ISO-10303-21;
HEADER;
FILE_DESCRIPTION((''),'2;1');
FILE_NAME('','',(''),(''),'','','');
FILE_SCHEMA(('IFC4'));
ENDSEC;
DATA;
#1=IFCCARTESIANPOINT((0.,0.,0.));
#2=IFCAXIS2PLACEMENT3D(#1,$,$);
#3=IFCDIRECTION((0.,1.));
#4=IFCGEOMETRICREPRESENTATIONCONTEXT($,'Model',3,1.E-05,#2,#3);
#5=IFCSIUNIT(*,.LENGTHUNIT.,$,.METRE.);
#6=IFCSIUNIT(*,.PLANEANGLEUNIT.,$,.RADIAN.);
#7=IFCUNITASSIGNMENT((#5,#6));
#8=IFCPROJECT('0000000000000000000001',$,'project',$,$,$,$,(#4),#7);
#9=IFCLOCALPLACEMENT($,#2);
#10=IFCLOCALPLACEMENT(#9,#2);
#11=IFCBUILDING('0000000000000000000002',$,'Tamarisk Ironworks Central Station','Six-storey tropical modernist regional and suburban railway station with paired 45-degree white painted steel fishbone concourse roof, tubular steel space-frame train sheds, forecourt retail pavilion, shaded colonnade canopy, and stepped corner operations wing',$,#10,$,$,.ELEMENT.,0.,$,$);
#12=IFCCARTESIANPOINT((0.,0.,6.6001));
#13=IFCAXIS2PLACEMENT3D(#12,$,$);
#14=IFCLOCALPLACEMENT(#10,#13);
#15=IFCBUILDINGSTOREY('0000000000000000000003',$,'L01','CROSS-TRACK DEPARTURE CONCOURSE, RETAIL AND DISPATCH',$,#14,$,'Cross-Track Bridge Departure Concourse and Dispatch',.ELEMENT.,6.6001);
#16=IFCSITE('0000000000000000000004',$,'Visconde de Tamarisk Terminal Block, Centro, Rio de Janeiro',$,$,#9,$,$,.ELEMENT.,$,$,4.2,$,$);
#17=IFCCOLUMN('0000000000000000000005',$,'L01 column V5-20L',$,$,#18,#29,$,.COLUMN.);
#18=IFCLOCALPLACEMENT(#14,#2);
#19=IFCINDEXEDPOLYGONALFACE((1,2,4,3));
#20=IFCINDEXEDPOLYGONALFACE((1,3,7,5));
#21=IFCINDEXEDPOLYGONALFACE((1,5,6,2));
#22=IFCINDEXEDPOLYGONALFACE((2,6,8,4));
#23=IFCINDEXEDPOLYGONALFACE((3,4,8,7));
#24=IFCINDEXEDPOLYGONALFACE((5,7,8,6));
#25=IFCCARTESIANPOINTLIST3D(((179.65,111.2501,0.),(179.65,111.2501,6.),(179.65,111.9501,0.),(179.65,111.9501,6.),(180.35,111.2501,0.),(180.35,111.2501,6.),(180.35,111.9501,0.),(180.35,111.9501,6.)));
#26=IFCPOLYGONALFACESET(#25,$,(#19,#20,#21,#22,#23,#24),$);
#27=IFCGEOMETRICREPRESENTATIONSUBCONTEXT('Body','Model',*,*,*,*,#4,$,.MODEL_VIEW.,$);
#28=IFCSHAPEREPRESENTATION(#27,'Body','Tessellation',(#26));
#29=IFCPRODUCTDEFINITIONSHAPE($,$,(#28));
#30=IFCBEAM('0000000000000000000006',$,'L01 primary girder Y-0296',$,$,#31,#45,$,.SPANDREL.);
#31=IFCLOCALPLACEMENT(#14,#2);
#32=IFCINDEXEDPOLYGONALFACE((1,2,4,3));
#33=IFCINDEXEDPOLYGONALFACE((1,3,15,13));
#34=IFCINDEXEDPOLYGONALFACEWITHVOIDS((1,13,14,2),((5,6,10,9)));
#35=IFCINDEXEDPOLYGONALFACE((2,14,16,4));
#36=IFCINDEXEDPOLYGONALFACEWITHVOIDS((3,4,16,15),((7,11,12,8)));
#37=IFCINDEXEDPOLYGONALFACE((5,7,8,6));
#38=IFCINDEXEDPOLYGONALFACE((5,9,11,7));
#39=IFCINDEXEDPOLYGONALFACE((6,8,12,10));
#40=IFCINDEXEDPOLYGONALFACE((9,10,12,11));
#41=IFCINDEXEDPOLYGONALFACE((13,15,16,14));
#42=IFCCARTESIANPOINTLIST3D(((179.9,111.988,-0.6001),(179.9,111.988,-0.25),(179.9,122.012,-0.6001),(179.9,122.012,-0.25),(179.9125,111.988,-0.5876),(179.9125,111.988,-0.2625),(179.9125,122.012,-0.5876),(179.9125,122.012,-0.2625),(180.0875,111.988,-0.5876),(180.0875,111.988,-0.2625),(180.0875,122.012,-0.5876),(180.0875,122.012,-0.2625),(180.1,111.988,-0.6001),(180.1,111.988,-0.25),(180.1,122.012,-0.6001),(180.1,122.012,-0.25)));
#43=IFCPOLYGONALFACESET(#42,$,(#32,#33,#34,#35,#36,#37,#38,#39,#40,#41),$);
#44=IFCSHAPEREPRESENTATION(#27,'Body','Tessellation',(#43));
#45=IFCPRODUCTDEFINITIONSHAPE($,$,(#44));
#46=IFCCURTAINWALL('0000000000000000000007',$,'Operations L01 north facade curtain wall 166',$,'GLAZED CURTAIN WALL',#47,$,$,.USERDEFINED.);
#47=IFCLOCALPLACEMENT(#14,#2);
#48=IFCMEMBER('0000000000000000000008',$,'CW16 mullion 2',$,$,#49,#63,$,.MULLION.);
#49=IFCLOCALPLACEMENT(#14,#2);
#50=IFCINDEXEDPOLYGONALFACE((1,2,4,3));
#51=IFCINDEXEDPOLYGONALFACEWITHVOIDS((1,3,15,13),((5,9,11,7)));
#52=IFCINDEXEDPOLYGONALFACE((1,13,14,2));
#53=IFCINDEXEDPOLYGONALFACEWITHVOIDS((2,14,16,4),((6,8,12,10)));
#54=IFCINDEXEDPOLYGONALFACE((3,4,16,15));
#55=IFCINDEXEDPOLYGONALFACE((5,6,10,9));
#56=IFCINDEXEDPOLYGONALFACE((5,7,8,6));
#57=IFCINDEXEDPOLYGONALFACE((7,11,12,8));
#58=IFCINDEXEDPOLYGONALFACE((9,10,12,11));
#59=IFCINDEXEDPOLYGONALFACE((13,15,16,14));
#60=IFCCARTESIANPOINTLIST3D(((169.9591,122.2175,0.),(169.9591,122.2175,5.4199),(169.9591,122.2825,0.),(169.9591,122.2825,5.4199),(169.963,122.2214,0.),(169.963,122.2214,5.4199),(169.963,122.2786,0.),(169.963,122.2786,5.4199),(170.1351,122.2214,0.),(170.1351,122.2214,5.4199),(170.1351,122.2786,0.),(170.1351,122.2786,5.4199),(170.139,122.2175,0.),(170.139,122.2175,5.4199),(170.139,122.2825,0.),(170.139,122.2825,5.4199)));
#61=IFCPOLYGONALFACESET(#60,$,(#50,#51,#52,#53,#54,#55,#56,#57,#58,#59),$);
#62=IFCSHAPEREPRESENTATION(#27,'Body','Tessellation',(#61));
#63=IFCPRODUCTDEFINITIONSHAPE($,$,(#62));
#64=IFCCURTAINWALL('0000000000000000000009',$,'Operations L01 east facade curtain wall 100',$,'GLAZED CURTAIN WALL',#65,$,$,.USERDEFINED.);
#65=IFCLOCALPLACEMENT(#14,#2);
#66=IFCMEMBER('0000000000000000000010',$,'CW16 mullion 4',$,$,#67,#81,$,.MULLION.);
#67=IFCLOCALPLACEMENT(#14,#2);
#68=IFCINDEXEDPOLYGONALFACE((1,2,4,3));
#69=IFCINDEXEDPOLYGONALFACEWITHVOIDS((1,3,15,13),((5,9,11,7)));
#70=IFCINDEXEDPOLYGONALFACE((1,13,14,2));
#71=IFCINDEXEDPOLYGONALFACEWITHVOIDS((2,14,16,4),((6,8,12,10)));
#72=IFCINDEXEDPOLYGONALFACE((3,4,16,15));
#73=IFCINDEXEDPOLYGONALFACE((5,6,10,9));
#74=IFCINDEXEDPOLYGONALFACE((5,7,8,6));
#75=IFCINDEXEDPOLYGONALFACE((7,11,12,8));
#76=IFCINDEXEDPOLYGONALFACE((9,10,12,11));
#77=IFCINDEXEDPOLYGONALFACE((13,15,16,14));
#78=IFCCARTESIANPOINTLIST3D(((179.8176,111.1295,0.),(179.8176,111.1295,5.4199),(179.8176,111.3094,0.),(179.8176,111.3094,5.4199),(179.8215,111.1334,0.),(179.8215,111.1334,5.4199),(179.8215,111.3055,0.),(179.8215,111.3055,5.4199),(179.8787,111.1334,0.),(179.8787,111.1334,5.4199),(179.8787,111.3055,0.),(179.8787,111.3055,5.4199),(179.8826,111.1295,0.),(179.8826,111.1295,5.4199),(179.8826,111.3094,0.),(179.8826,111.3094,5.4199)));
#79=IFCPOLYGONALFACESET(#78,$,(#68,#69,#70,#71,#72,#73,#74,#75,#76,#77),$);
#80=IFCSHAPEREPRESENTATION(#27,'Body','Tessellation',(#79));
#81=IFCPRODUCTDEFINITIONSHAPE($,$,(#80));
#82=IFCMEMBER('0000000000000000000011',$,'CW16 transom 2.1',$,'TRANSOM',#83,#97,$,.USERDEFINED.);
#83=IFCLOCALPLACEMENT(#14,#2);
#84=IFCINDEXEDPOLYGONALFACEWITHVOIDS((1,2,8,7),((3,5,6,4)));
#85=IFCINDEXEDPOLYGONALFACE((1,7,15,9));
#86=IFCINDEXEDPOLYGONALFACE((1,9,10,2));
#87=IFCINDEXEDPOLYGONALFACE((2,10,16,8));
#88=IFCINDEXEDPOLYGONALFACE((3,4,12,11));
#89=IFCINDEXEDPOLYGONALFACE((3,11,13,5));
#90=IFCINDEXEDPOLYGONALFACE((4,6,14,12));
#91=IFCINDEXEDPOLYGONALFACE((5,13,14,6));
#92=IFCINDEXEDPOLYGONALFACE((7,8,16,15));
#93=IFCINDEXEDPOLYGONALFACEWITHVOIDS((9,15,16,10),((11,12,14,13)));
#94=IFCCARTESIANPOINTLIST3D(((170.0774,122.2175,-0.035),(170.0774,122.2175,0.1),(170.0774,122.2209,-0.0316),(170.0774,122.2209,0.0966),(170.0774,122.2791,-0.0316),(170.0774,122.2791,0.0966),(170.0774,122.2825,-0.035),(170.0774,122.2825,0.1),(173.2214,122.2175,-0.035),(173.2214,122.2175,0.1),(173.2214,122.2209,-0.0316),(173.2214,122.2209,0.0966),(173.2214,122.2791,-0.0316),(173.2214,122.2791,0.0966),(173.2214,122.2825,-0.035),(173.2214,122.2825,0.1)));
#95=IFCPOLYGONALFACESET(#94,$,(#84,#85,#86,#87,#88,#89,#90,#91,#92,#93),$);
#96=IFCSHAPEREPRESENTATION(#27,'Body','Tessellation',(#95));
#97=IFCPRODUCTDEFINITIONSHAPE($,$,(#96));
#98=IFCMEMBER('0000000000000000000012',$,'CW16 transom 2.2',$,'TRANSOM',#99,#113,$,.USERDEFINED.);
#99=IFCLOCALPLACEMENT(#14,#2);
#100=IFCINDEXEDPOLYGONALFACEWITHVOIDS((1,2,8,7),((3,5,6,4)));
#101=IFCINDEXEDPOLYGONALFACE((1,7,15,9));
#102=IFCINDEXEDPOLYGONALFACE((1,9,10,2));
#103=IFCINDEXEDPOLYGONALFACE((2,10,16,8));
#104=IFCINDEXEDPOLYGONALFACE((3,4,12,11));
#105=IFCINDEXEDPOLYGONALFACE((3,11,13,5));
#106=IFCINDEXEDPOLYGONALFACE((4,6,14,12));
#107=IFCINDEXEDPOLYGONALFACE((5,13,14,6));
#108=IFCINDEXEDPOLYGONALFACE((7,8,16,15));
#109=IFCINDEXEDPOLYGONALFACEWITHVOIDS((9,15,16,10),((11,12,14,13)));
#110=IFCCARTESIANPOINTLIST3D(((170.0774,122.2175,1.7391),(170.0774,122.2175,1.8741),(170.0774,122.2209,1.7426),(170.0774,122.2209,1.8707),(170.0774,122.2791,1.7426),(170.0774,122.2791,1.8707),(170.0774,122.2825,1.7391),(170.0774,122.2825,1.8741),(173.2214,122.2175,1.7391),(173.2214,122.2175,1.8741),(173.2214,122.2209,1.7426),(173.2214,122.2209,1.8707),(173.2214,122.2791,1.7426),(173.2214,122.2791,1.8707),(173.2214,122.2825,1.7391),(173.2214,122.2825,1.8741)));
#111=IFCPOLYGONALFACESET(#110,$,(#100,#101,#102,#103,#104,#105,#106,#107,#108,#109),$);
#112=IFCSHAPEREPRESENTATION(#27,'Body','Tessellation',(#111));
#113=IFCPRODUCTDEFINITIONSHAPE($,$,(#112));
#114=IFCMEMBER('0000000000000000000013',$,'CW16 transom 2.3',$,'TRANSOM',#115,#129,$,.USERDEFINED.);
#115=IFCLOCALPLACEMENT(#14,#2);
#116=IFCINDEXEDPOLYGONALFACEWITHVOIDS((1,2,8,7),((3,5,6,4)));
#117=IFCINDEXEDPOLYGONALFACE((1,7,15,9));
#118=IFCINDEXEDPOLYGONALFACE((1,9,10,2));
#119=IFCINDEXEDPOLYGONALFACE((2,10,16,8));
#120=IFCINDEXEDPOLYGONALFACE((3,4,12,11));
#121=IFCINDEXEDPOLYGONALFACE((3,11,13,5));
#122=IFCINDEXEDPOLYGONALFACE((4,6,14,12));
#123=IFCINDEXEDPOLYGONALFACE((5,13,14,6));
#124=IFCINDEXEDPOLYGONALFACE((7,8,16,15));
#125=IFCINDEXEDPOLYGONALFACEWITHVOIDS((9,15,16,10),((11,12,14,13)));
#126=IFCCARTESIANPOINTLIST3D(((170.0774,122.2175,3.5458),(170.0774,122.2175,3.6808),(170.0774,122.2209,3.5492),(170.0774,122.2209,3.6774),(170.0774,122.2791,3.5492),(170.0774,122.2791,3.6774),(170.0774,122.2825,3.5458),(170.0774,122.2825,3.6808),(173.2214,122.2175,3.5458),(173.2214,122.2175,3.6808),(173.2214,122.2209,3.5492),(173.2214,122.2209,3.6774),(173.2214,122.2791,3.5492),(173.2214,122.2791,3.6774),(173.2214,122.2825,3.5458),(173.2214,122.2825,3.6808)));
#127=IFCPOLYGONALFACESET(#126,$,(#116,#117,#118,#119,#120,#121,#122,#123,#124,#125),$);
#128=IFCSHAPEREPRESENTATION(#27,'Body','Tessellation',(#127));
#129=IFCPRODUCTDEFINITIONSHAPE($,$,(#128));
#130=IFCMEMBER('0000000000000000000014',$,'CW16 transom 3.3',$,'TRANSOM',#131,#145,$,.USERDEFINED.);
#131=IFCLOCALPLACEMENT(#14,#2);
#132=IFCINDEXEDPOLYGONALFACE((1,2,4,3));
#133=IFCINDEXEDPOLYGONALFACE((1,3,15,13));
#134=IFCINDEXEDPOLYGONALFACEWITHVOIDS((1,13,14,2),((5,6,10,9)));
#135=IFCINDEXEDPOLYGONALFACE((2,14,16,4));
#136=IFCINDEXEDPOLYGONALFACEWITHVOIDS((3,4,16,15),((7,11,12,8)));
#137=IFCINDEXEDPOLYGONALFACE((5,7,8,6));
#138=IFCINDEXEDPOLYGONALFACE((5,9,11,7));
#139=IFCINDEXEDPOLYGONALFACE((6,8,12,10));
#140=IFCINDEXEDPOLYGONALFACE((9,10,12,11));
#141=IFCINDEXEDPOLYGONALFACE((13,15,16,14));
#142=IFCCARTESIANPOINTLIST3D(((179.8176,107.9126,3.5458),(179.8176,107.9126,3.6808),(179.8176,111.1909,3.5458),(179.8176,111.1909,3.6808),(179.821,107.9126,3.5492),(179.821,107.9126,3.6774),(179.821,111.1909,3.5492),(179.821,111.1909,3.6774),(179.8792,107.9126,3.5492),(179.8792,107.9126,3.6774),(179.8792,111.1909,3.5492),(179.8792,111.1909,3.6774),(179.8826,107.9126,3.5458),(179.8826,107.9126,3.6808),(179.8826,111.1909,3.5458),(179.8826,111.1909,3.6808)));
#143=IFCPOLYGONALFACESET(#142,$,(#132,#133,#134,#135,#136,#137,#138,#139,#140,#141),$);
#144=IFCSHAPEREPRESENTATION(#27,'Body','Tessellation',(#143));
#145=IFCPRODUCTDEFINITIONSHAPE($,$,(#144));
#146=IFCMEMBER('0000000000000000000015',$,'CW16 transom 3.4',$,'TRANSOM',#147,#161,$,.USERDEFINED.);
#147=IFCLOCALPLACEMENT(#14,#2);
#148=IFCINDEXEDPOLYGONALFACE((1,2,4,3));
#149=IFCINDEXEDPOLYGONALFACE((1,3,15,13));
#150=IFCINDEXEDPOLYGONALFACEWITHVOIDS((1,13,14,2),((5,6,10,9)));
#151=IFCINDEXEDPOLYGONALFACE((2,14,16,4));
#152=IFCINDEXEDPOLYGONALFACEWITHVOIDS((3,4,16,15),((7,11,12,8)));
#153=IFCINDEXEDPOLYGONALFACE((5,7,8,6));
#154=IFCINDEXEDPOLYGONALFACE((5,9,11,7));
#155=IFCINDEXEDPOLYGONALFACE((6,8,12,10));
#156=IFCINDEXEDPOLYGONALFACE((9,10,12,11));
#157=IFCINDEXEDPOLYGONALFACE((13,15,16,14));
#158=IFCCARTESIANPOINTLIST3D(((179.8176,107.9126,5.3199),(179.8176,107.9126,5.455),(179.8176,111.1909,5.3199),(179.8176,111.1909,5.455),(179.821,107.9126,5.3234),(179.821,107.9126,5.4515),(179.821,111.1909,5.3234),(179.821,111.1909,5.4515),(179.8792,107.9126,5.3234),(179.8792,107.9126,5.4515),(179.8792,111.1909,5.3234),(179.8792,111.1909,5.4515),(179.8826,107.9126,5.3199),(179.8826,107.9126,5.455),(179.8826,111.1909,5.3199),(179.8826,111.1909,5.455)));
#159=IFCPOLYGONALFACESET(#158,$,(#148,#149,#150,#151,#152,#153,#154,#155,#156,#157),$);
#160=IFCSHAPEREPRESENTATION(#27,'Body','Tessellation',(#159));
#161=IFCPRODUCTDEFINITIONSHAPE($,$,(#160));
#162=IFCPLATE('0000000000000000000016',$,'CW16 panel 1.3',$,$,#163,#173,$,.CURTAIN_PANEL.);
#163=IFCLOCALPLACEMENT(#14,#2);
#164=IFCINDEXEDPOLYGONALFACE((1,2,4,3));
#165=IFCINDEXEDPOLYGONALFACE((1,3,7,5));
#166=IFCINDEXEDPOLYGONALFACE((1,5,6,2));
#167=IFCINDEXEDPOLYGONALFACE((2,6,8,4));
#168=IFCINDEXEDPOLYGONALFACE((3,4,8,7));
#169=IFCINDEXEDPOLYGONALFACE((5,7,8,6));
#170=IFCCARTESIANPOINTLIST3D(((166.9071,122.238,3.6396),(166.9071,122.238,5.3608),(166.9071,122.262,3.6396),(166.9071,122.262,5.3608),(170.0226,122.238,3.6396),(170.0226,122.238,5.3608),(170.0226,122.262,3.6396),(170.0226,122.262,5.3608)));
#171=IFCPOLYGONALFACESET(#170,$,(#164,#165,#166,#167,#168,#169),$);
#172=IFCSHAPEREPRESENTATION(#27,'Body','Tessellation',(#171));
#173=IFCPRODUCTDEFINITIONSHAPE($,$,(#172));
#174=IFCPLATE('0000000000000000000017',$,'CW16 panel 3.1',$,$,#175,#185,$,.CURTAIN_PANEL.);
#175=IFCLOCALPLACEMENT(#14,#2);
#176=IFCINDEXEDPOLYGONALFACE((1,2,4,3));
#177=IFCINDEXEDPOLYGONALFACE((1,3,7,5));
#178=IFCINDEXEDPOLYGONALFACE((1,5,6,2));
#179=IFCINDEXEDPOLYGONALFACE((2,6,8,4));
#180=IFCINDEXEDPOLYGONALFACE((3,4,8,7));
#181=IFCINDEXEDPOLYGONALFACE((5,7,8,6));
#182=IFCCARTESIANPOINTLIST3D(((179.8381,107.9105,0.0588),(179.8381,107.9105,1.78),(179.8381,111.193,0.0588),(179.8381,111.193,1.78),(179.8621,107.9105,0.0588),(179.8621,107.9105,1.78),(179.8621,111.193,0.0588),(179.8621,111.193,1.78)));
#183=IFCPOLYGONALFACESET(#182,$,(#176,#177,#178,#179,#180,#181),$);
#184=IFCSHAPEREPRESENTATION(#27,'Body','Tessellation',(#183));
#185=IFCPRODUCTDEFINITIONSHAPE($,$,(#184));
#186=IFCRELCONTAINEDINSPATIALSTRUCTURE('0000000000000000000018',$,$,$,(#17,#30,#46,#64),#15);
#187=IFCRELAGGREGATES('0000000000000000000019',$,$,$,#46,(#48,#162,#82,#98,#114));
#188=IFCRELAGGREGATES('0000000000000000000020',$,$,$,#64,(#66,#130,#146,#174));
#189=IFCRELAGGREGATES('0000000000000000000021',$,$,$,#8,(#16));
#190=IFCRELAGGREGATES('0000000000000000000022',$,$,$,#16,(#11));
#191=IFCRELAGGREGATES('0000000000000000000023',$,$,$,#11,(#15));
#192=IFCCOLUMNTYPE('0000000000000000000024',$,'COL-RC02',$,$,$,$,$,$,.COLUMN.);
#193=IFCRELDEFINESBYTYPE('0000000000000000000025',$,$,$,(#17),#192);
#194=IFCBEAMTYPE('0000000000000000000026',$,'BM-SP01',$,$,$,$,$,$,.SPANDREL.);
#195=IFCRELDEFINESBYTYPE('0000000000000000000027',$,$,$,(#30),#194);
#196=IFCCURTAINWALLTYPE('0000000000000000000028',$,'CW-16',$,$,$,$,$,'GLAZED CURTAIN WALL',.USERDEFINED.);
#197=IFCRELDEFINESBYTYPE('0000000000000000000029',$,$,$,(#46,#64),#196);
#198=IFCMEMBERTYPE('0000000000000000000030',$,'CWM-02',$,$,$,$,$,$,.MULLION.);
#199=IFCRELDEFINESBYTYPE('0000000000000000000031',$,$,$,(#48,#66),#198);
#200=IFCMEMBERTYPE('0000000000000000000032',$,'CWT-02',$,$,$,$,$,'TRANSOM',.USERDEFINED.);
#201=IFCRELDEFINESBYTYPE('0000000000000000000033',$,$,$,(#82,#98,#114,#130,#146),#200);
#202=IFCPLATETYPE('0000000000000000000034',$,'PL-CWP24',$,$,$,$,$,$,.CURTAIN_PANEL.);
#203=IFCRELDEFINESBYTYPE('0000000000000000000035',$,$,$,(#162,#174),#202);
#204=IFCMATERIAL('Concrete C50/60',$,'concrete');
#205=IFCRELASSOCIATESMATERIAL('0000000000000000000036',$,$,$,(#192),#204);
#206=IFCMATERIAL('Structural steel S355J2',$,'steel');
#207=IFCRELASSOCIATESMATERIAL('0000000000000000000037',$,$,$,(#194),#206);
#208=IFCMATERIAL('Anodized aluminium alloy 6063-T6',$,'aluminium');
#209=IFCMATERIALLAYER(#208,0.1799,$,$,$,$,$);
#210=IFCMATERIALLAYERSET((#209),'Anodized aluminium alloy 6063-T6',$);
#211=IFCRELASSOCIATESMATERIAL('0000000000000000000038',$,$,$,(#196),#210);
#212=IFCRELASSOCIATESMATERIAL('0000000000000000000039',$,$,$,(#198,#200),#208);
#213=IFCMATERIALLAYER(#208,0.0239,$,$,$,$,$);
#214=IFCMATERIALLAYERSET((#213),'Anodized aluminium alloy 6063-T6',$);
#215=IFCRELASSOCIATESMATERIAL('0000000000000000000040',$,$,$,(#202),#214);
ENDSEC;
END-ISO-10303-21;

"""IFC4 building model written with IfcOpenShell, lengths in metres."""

from ifc_helpers import new_model, si_unit, direction, frame, origin, origin_2d, place, context, subcontext, project, spatial, rectangle, hollow_rectangle, extrude, material, layer, layer_set, material_profile, profile_set, type_object, element, aggregate, save


model = new_model("IFC4")

# Units and contexts
model_context = context("Model", 3, precision=1e-05, world=origin(), true_north=direction((0.0, 1.0)))
body_context = subcontext(model_context, "Body", "Model", "MODEL_VIEW")
ifc_project = project(units=[si_unit("LENGTHUNIT", "METRE"), si_unit("PLANEANGLEUNIT", "RADIAN")], contexts=[model_context])

# Site, building, storey
site_placement = place(None, origin())
site = spatial("IfcSite", under=ifc_project, at=site_placement, Name="Visconde de Tamarisk Terminal Block, Centro, Rio de Janeiro", CompositionType="ELEMENT", RefElevation=4.2)
building_placement = place(site_placement, origin())
building = spatial("IfcBuilding", under=site, at=building_placement, Name="Tamarisk Ironworks Central Station", Description="Six-storey tropical modernist regional and suburban railway station with paired 45-degree white painted steel fishbone concourse roof, tubular steel space-frame train sheds, forecourt retail pavilion, shaded colonnade canopy, and stepped corner operations wing", CompositionType="ELEMENT", ElevationOfRefHeight=0.0)
storey_placement = place(building_placement, frame((0.0, 0.0, 6.6001)))
storey = spatial("IfcBuildingStorey", under=building, at=storey_placement, Name="L01", Description="CROSS-TRACK DEPARTURE CONCOURSE, RETAIL AND DISPATCH", LongName="Cross-Track Bridge Departure Concourse and Dispatch", CompositionType="ELEMENT", Elevation=6.6001)

# Column
ifc_material_1 = material(Name="Concrete C50/60", Category="concrete")
ifc_material_profile_1 = material_profile(ifc_material_1, rectangle(XDim=0.7, YDim=0.7, at=origin_2d()), Name="RC 700x700")
ifc_profile_set_1 = profile_set([ifc_material_profile_1], Name="Concrete C50/60")
column_type = type_object("IfcColumnType", Name="COL-RC02", PredefinedType="COLUMN", material=ifc_profile_set_1)
column_placement = place(storey_placement, frame((180.0, 111.6001, 0.0), z_axis=(0.0, 0.0, 1.0), x_axis=(1.0, 0.0, 0.0)))
element("IfcColumn", 1, at=column_placement, inside=storey, type_object=column_type, Name="L01 column V5-20L", PredefinedType="COLUMN", context=body_context, shape_type="SweptSolid", body=[
    extrude(rectangle(XDim=0.7, YDim=0.7, at=origin_2d()), origin(), (0.0, 0.0, 1.0), 6.0),
])

# Beam
ifc_material_2 = material(Name="Structural steel S355J2", Category="steel")
ifc_material_profile_2 = material_profile(ifc_material_2, hollow_rectangle(XDim=0.2, YDim=0.3501, WallThickness=0.0125, at=origin_2d()), Name="RHS 350x200x12.5")
ifc_profile_set_2 = profile_set([ifc_material_profile_2], Name="Structural steel S355J2")
beam_type = type_object("IfcBeamType", Name="BM-SP01", PredefinedType="SPANDREL", material=ifc_profile_set_2)
beam_placement = place(storey_placement, frame((180.0, 111.988, -0.425), z_axis=(0.0, 1.0, 0.0), x_axis=(-1.0, 0.0, 0.0)))
element("IfcBeam", 2, at=beam_placement, inside=storey, type_object=beam_type, Name="L01 primary girder Y-0296", PredefinedType="SPANDREL", context=body_context, shape_type="SweptSolid", body=[
    extrude(hollow_rectangle(XDim=0.2, YDim=0.3501, WallThickness=0.0125, at=origin_2d()), origin(), (0.0, 0.0, 1.0), 10.0239),
])

# Curtain walls, members
ifc_material_3 = material(Name="Anodized aluminium alloy 6063-T6", Category="aluminium")
ifc_layer_1 = layer(ifc_material_3, 0.1799)
ifc_layer_set_1 = layer_set([ifc_layer_1], Name="Anodized aluminium alloy 6063-T6")
curtain_wall_type = type_object("IfcCurtainWallType", Name="CW-16", ElementType="GLAZED CURTAIN WALL", PredefinedType="USERDEFINED", material=ifc_layer_set_1)
curtain_wall_1_placement = place(storey_placement, origin())
curtain_wall_1 = element("IfcCurtainWall", 3, at=curtain_wall_1_placement, inside=storey, type_object=curtain_wall_type, Name="Operations L01 north facade curtain wall 166", ObjectType="GLAZED CURTAIN WALL", PredefinedType="USERDEFINED")
ifc_material_profile_3 = material_profile(ifc_material_3, hollow_rectangle(XDim=0.0649, YDim=0.1799, WallThickness=0.0039, at=origin_2d()), Name="ALUM 180x65")
ifc_profile_set_3 = profile_set([ifc_material_profile_3], Name="Anodized aluminium alloy 6063-T6")
member_type_1 = type_object("IfcMemberType", Name="CWM-02", PredefinedType="MULLION", material=ifc_profile_set_3)
member_1_placement = place(storey_placement, frame((170.0491, 122.25, 0.0), z_axis=(0.0, 0.0, 1.0), x_axis=(0.0, 1.0, 0.0)))
member_1 = element("IfcMember", 4, at=member_1_placement, type_object=member_type_1, Name="CW16 mullion 2", PredefinedType="MULLION", context=body_context, shape_type="SweptSolid", body=[
    extrude(hollow_rectangle(XDim=0.0649, YDim=0.1799, WallThickness=0.0039, at=origin_2d()), origin(), (0.0, 0.0, 1.0), 5.4199),
])
curtain_wall_2_placement = place(storey_placement, origin())
curtain_wall_2 = element("IfcCurtainWall", 5, at=curtain_wall_2_placement, inside=storey, type_object=curtain_wall_type, Name="Operations L01 east facade curtain wall 100", ObjectType="GLAZED CURTAIN WALL", PredefinedType="USERDEFINED")
member_2_placement = place(storey_placement, frame((179.8501, 111.2195, 0.0), z_axis=(0.0, 0.0, 1.0), x_axis=(-1.0, 0.0, 0.0)))
member_2 = element("IfcMember", 6, at=member_2_placement, type_object=member_type_1, Name="CW16 mullion 4", PredefinedType="MULLION", context=body_context, shape_type="SweptSolid", body=[
    extrude(hollow_rectangle(XDim=0.0649, YDim=0.1799, WallThickness=0.0039, at=origin_2d()), origin(), (0.0, 0.0, 1.0), 5.4199),
])

# Members
ifc_material_profile_4 = material_profile(ifc_material_3, hollow_rectangle(XDim=0.0649, YDim=0.135, WallThickness=0.0034, at=origin_2d()), Name="ALUM 135x65")
ifc_profile_set_4 = profile_set([ifc_material_profile_4], Name="Anodized aluminium alloy 6063-T6")
member_type_2 = type_object("IfcMemberType", Name="CWT-02", ElementType="TRANSOM", PredefinedType="USERDEFINED", material=ifc_profile_set_4)
member_3_placement = place(storey_placement, frame((170.0774, 122.25, 0.0325), z_axis=(1.0, 0.0, 0.0), x_axis=(0.0, 1.0, 0.0)))
member_3 = element("IfcMember", 7, at=member_3_placement, type_object=member_type_2, Name="CW16 transom 2.1", ObjectType="TRANSOM", PredefinedType="USERDEFINED", context=body_context, shape_type="SweptSolid", body=[
    extrude(hollow_rectangle(XDim=0.0649, YDim=0.135, WallThickness=0.0034, at=origin_2d()), origin(), (0.0, 0.0, 1.0), 3.144),
])
member_4_placement = place(storey_placement, frame((170.0774, 122.25, 1.8066), z_axis=(1.0, 0.0, 0.0), x_axis=(0.0, 1.0, 0.0)))
member_4 = element("IfcMember", 8, at=member_4_placement, type_object=member_type_2, Name="CW16 transom 2.2", ObjectType="TRANSOM", PredefinedType="USERDEFINED", context=body_context, shape_type="SweptSolid", body=[
    extrude(hollow_rectangle(XDim=0.0649, YDim=0.135, WallThickness=0.0034, at=origin_2d()), origin(), (0.0, 0.0, 1.0), 3.144),
])
member_5_placement = place(storey_placement, frame((170.0774, 122.25, 3.6133), z_axis=(1.0, 0.0, 0.0), x_axis=(0.0, 1.0, 0.0)))
member_5 = element("IfcMember", 9, at=member_5_placement, type_object=member_type_2, Name="CW16 transom 2.3", ObjectType="TRANSOM", PredefinedType="USERDEFINED", context=body_context, shape_type="SweptSolid", body=[
    extrude(hollow_rectangle(XDim=0.0649, YDim=0.135, WallThickness=0.0034, at=origin_2d()), origin(), (0.0, 0.0, 1.0), 3.144),
])
member_6_placement = place(storey_placement, frame((179.8501, 107.9126, 3.6133), z_axis=(0.0, 1.0, 0.0), x_axis=(-1.0, 0.0, 0.0)))
member_6 = element("IfcMember", 10, at=member_6_placement, type_object=member_type_2, Name="CW16 transom 3.3", ObjectType="TRANSOM", PredefinedType="USERDEFINED", context=body_context, shape_type="SweptSolid", body=[
    extrude(hollow_rectangle(XDim=0.0649, YDim=0.135, WallThickness=0.0034, at=origin_2d()), origin(), (0.0, 0.0, 1.0), 3.2783),
])
member_7_placement = place(storey_placement, frame((179.8501, 107.9126, 5.3875), z_axis=(0.0, 1.0, 0.0), x_axis=(-1.0, 0.0, 0.0)))
member_7 = element("IfcMember", 11, at=member_7_placement, type_object=member_type_2, Name="CW16 transom 3.4", ObjectType="TRANSOM", PredefinedType="USERDEFINED", context=body_context, shape_type="SweptSolid", body=[
    extrude(hollow_rectangle(XDim=0.0649, YDim=0.135, WallThickness=0.0034, at=origin_2d()), origin(), (0.0, 0.0, 1.0), 3.2783),
])

# Plates
ifc_layer_2 = layer(ifc_material_3, 0.0239)
ifc_layer_set_2 = layer_set([ifc_layer_2], Name="Anodized aluminium alloy 6063-T6")
plate_type = type_object("IfcPlateType", Name="PL-CWP24", PredefinedType="CURTAIN_PANEL", material=ifc_layer_set_2)
plate_1_placement = place(storey_placement, frame((168.4648, 122.25, 3.6396), z_axis=(0.0, 0.0, 1.0), x_axis=(1.0, 0.0, 0.0)))
plate_1 = element("IfcPlate", 12, at=plate_1_placement, type_object=plate_type, Name="CW16 panel 1.3", PredefinedType="CURTAIN_PANEL", context=body_context, shape_type="SweptSolid", body=[
    extrude(rectangle(XDim=3.1155, YDim=0.0239, at=origin_2d()), origin(), (0.0, 0.0, 1.0), 1.7212),
])
aggregate(curtain_wall_1, [member_1, plate_1, member_3, member_4, member_5])
plate_2_placement = place(storey_placement, frame((179.8501, 109.5518, 0.0588), z_axis=(0.0, 0.0, 1.0), x_axis=(0.0, 1.0, 0.0)))
plate_2 = element("IfcPlate", 13, at=plate_2_placement, type_object=plate_type, Name="CW16 panel 3.1", PredefinedType="CURTAIN_PANEL", context=body_context, shape_type="SweptSolid", body=[
    extrude(rectangle(XDim=3.2825, YDim=0.0239, at=origin_2d()), origin(), (0.0, 0.0, 1.0), 1.7212),
])
aggregate(curtain_wall_2, [member_2, member_6, member_7, plate_2])

save(model, "model.ifc")
